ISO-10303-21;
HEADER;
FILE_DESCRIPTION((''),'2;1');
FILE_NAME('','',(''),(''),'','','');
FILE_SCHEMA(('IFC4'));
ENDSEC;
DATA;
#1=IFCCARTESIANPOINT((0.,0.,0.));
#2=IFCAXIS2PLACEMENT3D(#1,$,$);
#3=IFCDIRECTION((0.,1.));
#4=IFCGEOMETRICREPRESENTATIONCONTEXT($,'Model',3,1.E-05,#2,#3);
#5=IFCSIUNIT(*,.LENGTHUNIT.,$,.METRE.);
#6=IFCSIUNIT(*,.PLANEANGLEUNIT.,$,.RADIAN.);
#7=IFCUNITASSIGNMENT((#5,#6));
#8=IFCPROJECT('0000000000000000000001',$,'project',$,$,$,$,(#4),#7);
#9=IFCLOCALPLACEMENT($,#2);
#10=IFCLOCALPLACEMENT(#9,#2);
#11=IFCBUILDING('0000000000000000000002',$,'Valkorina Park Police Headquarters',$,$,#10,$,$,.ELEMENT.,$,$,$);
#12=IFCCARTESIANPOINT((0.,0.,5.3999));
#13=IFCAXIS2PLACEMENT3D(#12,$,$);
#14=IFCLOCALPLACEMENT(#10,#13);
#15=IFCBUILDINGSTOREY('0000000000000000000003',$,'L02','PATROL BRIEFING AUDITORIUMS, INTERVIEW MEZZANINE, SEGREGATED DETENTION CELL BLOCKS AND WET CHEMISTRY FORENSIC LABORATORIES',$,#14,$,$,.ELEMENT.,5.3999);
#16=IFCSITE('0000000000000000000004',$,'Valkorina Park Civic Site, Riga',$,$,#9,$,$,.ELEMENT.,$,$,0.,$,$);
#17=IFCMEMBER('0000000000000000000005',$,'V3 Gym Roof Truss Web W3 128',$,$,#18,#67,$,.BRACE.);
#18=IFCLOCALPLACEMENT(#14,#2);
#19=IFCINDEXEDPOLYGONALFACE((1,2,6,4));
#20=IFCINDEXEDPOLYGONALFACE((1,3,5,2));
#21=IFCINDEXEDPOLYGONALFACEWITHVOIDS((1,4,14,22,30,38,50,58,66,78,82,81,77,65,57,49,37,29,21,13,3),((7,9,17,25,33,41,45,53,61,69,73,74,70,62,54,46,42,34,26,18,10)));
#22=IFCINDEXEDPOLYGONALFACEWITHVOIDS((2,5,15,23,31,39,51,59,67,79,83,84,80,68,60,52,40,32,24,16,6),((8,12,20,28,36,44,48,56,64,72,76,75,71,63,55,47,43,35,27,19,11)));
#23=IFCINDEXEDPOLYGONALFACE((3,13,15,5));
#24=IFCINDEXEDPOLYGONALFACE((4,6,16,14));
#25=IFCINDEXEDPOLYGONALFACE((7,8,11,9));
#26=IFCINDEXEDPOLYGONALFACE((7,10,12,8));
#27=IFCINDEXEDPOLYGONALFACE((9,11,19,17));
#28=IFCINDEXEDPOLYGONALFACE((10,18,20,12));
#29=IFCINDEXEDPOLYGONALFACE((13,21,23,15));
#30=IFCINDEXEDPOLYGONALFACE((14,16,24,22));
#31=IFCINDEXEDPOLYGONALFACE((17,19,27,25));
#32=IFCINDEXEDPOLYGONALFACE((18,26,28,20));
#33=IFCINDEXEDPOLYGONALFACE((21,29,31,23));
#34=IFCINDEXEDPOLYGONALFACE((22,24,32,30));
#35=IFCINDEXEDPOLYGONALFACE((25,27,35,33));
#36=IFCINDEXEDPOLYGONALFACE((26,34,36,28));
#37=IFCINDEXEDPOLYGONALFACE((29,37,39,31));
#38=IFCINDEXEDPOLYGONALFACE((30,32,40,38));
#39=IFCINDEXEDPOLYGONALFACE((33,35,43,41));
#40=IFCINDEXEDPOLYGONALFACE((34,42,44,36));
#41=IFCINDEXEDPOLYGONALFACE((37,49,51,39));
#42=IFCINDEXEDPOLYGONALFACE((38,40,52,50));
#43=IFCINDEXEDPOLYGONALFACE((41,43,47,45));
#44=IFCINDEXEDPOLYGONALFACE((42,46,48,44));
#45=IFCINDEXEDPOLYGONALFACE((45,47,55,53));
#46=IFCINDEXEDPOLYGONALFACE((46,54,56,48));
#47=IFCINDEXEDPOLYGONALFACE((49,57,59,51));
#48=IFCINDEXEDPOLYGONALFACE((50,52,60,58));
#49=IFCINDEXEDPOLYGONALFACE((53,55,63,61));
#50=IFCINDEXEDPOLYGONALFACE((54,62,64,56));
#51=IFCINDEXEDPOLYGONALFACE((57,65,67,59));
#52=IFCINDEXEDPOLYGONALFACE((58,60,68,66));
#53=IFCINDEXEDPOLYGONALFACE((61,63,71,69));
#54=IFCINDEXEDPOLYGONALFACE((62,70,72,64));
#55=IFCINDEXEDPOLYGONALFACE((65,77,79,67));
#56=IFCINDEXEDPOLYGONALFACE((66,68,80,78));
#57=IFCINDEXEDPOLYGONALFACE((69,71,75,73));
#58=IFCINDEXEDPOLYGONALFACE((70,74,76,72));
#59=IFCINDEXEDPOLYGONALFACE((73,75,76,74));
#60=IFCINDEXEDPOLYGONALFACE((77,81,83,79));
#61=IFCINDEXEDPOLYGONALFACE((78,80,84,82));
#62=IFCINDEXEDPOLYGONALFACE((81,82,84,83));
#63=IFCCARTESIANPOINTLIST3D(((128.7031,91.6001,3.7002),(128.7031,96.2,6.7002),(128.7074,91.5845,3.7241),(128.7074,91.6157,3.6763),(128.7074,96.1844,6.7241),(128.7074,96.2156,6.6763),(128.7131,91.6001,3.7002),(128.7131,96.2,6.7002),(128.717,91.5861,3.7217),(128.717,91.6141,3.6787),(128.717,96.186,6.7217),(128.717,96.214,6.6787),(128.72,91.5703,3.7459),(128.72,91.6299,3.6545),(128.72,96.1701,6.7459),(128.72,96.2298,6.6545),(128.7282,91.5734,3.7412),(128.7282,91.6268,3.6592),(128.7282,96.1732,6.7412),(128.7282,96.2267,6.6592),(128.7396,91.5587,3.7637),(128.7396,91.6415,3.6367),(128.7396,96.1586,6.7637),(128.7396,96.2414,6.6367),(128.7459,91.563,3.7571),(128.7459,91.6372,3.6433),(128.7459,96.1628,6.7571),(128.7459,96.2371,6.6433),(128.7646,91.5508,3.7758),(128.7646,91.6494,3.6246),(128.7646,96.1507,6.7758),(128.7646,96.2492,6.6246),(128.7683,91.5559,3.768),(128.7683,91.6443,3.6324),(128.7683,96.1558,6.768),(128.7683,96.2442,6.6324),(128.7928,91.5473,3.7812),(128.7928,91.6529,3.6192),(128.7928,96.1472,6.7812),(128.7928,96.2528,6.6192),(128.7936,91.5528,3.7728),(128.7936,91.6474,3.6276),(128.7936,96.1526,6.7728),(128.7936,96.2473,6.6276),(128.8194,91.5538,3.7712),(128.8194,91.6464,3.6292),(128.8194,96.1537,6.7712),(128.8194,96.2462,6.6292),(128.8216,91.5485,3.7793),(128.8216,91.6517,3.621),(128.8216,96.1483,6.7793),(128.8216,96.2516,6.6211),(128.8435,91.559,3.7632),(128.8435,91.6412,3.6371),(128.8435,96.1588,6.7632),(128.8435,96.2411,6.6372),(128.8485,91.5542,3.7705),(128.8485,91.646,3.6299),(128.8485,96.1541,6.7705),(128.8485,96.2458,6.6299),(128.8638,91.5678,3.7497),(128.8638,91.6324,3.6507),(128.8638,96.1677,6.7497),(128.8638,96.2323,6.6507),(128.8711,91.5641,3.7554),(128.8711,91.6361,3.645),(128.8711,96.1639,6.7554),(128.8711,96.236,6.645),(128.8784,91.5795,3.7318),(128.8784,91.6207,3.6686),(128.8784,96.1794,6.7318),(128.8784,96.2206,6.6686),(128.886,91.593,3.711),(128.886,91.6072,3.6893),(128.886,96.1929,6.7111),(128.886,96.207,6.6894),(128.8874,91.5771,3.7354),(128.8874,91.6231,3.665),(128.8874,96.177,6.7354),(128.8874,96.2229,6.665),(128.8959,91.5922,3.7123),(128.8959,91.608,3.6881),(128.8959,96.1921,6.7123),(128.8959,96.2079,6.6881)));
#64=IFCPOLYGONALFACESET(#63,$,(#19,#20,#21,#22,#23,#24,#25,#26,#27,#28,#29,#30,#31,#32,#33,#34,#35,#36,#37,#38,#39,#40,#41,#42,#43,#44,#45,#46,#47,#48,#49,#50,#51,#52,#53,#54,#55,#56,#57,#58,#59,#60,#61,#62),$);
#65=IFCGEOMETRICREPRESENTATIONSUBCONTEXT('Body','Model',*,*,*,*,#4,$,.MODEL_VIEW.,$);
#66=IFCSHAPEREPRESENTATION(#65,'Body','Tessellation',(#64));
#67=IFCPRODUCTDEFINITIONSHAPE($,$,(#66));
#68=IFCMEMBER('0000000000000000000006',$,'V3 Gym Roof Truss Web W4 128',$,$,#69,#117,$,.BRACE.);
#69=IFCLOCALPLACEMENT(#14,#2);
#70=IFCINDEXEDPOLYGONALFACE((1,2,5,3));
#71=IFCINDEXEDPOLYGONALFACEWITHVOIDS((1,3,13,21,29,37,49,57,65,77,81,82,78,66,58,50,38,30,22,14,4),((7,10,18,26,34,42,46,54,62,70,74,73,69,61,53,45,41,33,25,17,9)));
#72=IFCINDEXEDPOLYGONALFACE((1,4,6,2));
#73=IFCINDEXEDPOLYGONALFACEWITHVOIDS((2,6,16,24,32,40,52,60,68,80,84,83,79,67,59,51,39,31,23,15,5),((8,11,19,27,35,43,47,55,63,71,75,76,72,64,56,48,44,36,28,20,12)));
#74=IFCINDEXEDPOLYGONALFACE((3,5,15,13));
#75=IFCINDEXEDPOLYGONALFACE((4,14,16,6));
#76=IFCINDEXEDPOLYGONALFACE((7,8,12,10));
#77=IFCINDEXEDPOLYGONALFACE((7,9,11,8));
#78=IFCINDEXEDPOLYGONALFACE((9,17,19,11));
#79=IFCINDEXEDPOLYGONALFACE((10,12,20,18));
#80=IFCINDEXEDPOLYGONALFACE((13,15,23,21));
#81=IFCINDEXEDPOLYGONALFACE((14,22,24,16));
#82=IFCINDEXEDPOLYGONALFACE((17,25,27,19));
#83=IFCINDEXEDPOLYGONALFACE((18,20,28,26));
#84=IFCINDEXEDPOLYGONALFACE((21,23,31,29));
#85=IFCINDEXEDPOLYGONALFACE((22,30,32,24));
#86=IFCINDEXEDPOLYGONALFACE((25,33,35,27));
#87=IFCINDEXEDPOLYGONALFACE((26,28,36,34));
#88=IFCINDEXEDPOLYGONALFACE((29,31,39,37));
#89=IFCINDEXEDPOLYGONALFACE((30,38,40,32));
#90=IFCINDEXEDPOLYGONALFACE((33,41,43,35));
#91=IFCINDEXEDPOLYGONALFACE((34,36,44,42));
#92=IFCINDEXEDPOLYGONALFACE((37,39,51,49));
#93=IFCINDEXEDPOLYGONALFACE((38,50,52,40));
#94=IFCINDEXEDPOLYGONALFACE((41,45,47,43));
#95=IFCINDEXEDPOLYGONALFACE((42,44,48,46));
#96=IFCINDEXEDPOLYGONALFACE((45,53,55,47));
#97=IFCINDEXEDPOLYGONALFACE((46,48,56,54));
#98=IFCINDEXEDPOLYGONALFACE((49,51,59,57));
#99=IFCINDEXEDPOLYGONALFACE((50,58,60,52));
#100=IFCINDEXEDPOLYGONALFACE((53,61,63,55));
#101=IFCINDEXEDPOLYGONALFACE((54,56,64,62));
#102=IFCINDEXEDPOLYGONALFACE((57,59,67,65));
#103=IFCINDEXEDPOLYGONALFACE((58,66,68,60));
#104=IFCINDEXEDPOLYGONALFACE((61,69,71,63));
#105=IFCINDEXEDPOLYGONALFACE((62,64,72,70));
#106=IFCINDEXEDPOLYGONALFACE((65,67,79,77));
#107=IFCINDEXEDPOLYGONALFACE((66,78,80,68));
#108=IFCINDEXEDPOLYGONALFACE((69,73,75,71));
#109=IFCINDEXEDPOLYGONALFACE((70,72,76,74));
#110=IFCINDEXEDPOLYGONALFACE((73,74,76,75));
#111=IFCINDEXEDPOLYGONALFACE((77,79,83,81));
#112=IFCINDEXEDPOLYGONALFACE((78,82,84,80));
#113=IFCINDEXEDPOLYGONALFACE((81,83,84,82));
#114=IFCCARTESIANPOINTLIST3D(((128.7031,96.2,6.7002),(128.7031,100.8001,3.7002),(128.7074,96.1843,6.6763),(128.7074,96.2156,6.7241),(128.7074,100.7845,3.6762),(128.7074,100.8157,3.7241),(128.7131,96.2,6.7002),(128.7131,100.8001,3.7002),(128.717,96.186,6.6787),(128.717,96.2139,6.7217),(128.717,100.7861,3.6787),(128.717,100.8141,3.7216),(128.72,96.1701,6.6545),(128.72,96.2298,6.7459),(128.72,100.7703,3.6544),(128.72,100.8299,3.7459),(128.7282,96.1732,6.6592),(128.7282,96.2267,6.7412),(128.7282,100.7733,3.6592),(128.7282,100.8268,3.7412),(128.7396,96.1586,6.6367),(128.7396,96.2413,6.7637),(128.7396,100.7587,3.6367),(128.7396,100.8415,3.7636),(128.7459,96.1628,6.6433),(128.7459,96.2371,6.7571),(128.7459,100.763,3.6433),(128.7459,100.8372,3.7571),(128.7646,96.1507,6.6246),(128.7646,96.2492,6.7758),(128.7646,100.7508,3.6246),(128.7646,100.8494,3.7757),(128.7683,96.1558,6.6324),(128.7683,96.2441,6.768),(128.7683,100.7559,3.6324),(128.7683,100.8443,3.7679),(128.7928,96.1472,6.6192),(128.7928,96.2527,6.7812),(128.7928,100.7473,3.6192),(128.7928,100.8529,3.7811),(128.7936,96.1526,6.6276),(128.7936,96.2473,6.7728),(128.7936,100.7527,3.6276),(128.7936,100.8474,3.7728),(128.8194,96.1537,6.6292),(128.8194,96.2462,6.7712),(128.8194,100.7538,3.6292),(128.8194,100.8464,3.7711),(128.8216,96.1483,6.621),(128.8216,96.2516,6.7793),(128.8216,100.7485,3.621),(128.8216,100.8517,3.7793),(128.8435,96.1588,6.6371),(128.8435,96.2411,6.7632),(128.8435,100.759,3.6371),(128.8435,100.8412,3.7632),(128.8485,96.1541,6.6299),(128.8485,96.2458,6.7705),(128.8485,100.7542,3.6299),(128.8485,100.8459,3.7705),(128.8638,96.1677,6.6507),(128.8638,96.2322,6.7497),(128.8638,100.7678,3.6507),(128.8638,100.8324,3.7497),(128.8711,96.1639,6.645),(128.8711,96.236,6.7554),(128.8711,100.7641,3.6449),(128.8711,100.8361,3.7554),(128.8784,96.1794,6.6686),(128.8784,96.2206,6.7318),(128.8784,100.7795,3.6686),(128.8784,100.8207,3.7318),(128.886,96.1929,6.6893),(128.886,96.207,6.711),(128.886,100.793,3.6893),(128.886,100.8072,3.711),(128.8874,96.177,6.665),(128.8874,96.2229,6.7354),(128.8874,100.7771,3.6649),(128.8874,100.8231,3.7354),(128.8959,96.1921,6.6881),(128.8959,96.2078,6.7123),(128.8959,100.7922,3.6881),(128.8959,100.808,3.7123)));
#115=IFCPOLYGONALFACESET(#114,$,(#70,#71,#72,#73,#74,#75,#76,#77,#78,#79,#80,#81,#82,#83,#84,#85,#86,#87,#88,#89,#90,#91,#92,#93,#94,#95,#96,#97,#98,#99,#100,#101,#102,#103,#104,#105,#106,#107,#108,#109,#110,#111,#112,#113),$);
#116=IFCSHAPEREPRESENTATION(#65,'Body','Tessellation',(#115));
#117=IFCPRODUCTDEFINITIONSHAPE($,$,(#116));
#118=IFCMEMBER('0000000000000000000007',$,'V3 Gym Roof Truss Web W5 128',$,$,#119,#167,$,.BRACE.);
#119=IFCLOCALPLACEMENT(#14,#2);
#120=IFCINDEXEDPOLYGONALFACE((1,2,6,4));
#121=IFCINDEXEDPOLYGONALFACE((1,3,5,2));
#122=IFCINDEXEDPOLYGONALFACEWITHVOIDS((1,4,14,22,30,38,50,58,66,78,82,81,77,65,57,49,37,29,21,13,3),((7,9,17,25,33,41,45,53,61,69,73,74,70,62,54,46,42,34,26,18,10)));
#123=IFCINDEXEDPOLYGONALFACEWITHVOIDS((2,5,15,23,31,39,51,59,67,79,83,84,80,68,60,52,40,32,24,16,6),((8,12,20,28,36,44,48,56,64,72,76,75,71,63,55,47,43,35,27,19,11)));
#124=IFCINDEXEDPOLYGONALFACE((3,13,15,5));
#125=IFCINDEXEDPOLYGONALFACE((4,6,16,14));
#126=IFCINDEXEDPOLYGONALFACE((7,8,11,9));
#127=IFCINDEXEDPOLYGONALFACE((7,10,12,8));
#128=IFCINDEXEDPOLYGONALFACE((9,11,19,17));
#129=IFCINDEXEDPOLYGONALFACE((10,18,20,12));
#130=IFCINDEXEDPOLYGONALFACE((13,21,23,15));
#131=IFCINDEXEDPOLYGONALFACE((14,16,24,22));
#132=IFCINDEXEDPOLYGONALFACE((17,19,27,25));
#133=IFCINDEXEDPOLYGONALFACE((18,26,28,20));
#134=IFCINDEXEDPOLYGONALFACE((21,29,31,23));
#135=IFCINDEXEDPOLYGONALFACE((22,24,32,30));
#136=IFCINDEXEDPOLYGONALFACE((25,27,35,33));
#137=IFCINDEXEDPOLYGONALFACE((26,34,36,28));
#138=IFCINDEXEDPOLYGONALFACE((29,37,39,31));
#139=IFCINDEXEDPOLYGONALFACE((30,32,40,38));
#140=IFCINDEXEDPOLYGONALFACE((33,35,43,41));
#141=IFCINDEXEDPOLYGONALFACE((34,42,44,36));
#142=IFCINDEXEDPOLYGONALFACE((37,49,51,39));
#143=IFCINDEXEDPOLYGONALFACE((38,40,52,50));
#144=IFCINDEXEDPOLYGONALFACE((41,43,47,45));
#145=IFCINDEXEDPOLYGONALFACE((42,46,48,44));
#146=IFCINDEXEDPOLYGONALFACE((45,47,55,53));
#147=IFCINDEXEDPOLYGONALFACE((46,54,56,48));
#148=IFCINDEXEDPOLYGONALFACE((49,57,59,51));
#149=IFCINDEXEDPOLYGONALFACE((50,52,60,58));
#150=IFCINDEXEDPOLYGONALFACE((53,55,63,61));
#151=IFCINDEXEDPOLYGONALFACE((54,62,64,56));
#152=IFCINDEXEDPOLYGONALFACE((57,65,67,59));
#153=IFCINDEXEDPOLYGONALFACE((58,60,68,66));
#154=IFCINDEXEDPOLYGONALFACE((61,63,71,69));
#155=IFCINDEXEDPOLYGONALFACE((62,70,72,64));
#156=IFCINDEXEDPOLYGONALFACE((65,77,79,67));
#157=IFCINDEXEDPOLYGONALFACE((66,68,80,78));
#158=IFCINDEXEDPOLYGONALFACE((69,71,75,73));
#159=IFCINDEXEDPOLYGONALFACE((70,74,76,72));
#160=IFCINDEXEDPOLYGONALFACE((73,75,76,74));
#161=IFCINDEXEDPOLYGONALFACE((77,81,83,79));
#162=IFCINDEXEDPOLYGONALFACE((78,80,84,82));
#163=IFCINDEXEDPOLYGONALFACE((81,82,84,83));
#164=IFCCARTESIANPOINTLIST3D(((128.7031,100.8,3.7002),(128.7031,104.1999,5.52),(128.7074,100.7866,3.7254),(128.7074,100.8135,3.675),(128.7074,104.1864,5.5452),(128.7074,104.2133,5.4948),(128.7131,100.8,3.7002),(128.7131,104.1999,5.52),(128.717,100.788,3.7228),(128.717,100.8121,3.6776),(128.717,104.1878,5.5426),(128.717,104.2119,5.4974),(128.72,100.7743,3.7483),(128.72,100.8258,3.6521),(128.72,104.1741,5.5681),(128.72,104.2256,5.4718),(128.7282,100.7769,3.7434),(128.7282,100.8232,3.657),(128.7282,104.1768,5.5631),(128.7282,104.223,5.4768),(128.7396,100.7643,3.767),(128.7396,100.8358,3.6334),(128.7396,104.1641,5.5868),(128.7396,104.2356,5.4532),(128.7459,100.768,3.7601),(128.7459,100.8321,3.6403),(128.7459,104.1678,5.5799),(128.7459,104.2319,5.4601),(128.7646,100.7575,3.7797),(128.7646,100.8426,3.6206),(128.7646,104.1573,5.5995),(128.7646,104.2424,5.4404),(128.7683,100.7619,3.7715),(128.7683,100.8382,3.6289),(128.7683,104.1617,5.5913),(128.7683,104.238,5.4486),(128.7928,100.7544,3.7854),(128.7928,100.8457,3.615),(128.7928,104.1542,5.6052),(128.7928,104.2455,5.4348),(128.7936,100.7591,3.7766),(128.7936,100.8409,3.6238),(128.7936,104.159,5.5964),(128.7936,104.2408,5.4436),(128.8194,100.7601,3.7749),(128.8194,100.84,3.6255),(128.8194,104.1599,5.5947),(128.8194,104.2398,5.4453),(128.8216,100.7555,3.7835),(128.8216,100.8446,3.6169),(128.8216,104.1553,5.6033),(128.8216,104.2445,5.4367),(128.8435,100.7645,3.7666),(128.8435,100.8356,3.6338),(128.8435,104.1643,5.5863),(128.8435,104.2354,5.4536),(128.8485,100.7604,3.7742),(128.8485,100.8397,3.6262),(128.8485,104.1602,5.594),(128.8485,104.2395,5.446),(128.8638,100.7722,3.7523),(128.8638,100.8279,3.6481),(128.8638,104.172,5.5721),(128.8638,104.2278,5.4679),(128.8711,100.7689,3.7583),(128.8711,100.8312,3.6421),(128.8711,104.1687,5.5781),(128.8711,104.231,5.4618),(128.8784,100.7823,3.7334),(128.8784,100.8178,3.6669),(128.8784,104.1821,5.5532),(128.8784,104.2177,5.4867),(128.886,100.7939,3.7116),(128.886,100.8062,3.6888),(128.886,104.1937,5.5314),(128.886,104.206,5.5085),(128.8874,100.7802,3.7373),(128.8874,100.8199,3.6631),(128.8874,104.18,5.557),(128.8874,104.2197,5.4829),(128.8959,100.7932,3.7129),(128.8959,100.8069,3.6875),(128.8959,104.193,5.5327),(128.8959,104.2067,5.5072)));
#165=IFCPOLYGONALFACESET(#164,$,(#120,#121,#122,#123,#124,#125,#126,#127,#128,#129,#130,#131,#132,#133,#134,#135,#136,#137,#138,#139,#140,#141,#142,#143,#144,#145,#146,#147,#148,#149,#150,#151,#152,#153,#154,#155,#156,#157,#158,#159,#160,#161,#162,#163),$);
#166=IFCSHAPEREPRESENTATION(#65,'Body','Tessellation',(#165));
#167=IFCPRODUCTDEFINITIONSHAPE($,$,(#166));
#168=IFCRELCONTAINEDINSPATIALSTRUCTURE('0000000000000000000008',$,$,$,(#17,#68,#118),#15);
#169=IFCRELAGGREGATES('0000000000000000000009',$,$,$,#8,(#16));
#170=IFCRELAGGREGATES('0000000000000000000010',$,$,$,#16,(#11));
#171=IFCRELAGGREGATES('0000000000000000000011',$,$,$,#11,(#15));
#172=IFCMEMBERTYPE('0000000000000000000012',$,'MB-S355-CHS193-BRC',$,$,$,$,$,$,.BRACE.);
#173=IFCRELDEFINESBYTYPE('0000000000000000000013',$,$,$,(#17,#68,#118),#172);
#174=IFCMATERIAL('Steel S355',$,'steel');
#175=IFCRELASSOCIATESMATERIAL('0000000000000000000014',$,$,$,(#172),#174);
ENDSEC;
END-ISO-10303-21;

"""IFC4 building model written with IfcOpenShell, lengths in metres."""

from ifc_helpers import new_model, si_unit, direction, frame, origin, origin_2d, place, context, subcontext, project, spatial, hollow_circle, extrude, material, material_profile, profile_set, type_object, element, save


model = new_model("IFC4")

# Units and contexts
model_context = context("Model", 3, precision=1e-05, world=origin(), true_north=direction((0.0, 1.0)))
body_context = subcontext(model_context, "Body", "Model", "MODEL_VIEW")
ifc_project = project(units=[si_unit("LENGTHUNIT", "METRE"), si_unit("PLANEANGLEUNIT", "RADIAN")], contexts=[model_context])

# Site, building, storey
site_placement = place(None, origin())
site = spatial("IfcSite", under=ifc_project, at=site_placement, Name="Valkorina Park Civic Site, Riga", CompositionType="ELEMENT", RefElevation=0.0)
building_placement = place(site_placement, origin())
building = spatial("IfcBuilding", under=site, at=building_placement, Name="Valkorina Park Police Headquarters", CompositionType="ELEMENT")
storey_placement = place(building_placement, frame((0.0, 0.0, 5.3999)))
storey = spatial("IfcBuildingStorey", under=building, at=storey_placement, Name="L02", Description="PATROL BRIEFING AUDITORIUMS, INTERVIEW MEZZANINE, SEGREGATED DETENTION CELL BLOCKS AND WET CHEMISTRY FORENSIC LABORATORIES", CompositionType="ELEMENT", Elevation=5.3999)

# Members
ifc_material_1 = material(Name="Steel S355", Category="steel")
ifc_material_profile_1 = material_profile(ifc_material_1, hollow_circle(Radius=0.0969, WallThickness=0.01, at=origin_2d()), Name="CHS 193.7x10")
ifc_profile_set_1 = profile_set([ifc_material_profile_1], Name="Steel S355")
member_type_1 = type_object("IfcMemberType", Name="MB-S355-CHS193-BRC", PredefinedType="BRACE", material=ifc_profile_set_1)
member_1_placement = place(storey_placement, frame((128.8, 91.6001, 3.7002), z_axis=(0.0, 0.837603, 0.54628), x_axis=(-1.0, 0.0, 0.0)))
element("IfcMember", 1, at=member_1_placement, inside=storey, type_object=member_type_1, Name="V3 Gym Roof Truss Web W3 128", PredefinedType="BRACE", context=body_context, shape_type="SweptSolid", body=[
    extrude(hollow_circle(Radius=0.0969, WallThickness=0.01, at=origin_2d()), origin(), (0.0, 0.0, 1.0), 5.4917),
])
member_2_placement = place(storey_placement, frame((128.8, 96.2, 6.7002), z_axis=(0.0, 0.837616, -0.54626), x_axis=(-1.0, 0.0, 0.0)))
element("IfcMember", 2, at=member_2_placement, inside=storey, type_object=member_type_1, Name="V3 Gym Roof Truss Web W4 128", PredefinedType="BRACE", context=body_context, shape_type="SweptSolid", body=[
    extrude(hollow_circle(Radius=0.0969, WallThickness=0.01, at=origin_2d()), origin(), (0.0, 0.0, 1.0), 5.4919),
])
member_3_placement = place(storey_placement, frame((128.8, 100.8, 3.7002), z_axis=(0.0, 0.881647, 0.471909), x_axis=(-1.0, 0.0, 0.0)))
element("IfcMember", 3, at=member_3_placement, inside=storey, type_object=member_type_1, Name="V3 Gym Roof Truss Web W5 128", PredefinedType="BRACE", context=body_context, shape_type="SweptSolid", body=[
    extrude(hollow_circle(Radius=0.0969, WallThickness=0.01, at=origin_2d()), origin(), (0.0, 0.0, 1.0), 3.8562),
])

save(model, "model.ifc")
